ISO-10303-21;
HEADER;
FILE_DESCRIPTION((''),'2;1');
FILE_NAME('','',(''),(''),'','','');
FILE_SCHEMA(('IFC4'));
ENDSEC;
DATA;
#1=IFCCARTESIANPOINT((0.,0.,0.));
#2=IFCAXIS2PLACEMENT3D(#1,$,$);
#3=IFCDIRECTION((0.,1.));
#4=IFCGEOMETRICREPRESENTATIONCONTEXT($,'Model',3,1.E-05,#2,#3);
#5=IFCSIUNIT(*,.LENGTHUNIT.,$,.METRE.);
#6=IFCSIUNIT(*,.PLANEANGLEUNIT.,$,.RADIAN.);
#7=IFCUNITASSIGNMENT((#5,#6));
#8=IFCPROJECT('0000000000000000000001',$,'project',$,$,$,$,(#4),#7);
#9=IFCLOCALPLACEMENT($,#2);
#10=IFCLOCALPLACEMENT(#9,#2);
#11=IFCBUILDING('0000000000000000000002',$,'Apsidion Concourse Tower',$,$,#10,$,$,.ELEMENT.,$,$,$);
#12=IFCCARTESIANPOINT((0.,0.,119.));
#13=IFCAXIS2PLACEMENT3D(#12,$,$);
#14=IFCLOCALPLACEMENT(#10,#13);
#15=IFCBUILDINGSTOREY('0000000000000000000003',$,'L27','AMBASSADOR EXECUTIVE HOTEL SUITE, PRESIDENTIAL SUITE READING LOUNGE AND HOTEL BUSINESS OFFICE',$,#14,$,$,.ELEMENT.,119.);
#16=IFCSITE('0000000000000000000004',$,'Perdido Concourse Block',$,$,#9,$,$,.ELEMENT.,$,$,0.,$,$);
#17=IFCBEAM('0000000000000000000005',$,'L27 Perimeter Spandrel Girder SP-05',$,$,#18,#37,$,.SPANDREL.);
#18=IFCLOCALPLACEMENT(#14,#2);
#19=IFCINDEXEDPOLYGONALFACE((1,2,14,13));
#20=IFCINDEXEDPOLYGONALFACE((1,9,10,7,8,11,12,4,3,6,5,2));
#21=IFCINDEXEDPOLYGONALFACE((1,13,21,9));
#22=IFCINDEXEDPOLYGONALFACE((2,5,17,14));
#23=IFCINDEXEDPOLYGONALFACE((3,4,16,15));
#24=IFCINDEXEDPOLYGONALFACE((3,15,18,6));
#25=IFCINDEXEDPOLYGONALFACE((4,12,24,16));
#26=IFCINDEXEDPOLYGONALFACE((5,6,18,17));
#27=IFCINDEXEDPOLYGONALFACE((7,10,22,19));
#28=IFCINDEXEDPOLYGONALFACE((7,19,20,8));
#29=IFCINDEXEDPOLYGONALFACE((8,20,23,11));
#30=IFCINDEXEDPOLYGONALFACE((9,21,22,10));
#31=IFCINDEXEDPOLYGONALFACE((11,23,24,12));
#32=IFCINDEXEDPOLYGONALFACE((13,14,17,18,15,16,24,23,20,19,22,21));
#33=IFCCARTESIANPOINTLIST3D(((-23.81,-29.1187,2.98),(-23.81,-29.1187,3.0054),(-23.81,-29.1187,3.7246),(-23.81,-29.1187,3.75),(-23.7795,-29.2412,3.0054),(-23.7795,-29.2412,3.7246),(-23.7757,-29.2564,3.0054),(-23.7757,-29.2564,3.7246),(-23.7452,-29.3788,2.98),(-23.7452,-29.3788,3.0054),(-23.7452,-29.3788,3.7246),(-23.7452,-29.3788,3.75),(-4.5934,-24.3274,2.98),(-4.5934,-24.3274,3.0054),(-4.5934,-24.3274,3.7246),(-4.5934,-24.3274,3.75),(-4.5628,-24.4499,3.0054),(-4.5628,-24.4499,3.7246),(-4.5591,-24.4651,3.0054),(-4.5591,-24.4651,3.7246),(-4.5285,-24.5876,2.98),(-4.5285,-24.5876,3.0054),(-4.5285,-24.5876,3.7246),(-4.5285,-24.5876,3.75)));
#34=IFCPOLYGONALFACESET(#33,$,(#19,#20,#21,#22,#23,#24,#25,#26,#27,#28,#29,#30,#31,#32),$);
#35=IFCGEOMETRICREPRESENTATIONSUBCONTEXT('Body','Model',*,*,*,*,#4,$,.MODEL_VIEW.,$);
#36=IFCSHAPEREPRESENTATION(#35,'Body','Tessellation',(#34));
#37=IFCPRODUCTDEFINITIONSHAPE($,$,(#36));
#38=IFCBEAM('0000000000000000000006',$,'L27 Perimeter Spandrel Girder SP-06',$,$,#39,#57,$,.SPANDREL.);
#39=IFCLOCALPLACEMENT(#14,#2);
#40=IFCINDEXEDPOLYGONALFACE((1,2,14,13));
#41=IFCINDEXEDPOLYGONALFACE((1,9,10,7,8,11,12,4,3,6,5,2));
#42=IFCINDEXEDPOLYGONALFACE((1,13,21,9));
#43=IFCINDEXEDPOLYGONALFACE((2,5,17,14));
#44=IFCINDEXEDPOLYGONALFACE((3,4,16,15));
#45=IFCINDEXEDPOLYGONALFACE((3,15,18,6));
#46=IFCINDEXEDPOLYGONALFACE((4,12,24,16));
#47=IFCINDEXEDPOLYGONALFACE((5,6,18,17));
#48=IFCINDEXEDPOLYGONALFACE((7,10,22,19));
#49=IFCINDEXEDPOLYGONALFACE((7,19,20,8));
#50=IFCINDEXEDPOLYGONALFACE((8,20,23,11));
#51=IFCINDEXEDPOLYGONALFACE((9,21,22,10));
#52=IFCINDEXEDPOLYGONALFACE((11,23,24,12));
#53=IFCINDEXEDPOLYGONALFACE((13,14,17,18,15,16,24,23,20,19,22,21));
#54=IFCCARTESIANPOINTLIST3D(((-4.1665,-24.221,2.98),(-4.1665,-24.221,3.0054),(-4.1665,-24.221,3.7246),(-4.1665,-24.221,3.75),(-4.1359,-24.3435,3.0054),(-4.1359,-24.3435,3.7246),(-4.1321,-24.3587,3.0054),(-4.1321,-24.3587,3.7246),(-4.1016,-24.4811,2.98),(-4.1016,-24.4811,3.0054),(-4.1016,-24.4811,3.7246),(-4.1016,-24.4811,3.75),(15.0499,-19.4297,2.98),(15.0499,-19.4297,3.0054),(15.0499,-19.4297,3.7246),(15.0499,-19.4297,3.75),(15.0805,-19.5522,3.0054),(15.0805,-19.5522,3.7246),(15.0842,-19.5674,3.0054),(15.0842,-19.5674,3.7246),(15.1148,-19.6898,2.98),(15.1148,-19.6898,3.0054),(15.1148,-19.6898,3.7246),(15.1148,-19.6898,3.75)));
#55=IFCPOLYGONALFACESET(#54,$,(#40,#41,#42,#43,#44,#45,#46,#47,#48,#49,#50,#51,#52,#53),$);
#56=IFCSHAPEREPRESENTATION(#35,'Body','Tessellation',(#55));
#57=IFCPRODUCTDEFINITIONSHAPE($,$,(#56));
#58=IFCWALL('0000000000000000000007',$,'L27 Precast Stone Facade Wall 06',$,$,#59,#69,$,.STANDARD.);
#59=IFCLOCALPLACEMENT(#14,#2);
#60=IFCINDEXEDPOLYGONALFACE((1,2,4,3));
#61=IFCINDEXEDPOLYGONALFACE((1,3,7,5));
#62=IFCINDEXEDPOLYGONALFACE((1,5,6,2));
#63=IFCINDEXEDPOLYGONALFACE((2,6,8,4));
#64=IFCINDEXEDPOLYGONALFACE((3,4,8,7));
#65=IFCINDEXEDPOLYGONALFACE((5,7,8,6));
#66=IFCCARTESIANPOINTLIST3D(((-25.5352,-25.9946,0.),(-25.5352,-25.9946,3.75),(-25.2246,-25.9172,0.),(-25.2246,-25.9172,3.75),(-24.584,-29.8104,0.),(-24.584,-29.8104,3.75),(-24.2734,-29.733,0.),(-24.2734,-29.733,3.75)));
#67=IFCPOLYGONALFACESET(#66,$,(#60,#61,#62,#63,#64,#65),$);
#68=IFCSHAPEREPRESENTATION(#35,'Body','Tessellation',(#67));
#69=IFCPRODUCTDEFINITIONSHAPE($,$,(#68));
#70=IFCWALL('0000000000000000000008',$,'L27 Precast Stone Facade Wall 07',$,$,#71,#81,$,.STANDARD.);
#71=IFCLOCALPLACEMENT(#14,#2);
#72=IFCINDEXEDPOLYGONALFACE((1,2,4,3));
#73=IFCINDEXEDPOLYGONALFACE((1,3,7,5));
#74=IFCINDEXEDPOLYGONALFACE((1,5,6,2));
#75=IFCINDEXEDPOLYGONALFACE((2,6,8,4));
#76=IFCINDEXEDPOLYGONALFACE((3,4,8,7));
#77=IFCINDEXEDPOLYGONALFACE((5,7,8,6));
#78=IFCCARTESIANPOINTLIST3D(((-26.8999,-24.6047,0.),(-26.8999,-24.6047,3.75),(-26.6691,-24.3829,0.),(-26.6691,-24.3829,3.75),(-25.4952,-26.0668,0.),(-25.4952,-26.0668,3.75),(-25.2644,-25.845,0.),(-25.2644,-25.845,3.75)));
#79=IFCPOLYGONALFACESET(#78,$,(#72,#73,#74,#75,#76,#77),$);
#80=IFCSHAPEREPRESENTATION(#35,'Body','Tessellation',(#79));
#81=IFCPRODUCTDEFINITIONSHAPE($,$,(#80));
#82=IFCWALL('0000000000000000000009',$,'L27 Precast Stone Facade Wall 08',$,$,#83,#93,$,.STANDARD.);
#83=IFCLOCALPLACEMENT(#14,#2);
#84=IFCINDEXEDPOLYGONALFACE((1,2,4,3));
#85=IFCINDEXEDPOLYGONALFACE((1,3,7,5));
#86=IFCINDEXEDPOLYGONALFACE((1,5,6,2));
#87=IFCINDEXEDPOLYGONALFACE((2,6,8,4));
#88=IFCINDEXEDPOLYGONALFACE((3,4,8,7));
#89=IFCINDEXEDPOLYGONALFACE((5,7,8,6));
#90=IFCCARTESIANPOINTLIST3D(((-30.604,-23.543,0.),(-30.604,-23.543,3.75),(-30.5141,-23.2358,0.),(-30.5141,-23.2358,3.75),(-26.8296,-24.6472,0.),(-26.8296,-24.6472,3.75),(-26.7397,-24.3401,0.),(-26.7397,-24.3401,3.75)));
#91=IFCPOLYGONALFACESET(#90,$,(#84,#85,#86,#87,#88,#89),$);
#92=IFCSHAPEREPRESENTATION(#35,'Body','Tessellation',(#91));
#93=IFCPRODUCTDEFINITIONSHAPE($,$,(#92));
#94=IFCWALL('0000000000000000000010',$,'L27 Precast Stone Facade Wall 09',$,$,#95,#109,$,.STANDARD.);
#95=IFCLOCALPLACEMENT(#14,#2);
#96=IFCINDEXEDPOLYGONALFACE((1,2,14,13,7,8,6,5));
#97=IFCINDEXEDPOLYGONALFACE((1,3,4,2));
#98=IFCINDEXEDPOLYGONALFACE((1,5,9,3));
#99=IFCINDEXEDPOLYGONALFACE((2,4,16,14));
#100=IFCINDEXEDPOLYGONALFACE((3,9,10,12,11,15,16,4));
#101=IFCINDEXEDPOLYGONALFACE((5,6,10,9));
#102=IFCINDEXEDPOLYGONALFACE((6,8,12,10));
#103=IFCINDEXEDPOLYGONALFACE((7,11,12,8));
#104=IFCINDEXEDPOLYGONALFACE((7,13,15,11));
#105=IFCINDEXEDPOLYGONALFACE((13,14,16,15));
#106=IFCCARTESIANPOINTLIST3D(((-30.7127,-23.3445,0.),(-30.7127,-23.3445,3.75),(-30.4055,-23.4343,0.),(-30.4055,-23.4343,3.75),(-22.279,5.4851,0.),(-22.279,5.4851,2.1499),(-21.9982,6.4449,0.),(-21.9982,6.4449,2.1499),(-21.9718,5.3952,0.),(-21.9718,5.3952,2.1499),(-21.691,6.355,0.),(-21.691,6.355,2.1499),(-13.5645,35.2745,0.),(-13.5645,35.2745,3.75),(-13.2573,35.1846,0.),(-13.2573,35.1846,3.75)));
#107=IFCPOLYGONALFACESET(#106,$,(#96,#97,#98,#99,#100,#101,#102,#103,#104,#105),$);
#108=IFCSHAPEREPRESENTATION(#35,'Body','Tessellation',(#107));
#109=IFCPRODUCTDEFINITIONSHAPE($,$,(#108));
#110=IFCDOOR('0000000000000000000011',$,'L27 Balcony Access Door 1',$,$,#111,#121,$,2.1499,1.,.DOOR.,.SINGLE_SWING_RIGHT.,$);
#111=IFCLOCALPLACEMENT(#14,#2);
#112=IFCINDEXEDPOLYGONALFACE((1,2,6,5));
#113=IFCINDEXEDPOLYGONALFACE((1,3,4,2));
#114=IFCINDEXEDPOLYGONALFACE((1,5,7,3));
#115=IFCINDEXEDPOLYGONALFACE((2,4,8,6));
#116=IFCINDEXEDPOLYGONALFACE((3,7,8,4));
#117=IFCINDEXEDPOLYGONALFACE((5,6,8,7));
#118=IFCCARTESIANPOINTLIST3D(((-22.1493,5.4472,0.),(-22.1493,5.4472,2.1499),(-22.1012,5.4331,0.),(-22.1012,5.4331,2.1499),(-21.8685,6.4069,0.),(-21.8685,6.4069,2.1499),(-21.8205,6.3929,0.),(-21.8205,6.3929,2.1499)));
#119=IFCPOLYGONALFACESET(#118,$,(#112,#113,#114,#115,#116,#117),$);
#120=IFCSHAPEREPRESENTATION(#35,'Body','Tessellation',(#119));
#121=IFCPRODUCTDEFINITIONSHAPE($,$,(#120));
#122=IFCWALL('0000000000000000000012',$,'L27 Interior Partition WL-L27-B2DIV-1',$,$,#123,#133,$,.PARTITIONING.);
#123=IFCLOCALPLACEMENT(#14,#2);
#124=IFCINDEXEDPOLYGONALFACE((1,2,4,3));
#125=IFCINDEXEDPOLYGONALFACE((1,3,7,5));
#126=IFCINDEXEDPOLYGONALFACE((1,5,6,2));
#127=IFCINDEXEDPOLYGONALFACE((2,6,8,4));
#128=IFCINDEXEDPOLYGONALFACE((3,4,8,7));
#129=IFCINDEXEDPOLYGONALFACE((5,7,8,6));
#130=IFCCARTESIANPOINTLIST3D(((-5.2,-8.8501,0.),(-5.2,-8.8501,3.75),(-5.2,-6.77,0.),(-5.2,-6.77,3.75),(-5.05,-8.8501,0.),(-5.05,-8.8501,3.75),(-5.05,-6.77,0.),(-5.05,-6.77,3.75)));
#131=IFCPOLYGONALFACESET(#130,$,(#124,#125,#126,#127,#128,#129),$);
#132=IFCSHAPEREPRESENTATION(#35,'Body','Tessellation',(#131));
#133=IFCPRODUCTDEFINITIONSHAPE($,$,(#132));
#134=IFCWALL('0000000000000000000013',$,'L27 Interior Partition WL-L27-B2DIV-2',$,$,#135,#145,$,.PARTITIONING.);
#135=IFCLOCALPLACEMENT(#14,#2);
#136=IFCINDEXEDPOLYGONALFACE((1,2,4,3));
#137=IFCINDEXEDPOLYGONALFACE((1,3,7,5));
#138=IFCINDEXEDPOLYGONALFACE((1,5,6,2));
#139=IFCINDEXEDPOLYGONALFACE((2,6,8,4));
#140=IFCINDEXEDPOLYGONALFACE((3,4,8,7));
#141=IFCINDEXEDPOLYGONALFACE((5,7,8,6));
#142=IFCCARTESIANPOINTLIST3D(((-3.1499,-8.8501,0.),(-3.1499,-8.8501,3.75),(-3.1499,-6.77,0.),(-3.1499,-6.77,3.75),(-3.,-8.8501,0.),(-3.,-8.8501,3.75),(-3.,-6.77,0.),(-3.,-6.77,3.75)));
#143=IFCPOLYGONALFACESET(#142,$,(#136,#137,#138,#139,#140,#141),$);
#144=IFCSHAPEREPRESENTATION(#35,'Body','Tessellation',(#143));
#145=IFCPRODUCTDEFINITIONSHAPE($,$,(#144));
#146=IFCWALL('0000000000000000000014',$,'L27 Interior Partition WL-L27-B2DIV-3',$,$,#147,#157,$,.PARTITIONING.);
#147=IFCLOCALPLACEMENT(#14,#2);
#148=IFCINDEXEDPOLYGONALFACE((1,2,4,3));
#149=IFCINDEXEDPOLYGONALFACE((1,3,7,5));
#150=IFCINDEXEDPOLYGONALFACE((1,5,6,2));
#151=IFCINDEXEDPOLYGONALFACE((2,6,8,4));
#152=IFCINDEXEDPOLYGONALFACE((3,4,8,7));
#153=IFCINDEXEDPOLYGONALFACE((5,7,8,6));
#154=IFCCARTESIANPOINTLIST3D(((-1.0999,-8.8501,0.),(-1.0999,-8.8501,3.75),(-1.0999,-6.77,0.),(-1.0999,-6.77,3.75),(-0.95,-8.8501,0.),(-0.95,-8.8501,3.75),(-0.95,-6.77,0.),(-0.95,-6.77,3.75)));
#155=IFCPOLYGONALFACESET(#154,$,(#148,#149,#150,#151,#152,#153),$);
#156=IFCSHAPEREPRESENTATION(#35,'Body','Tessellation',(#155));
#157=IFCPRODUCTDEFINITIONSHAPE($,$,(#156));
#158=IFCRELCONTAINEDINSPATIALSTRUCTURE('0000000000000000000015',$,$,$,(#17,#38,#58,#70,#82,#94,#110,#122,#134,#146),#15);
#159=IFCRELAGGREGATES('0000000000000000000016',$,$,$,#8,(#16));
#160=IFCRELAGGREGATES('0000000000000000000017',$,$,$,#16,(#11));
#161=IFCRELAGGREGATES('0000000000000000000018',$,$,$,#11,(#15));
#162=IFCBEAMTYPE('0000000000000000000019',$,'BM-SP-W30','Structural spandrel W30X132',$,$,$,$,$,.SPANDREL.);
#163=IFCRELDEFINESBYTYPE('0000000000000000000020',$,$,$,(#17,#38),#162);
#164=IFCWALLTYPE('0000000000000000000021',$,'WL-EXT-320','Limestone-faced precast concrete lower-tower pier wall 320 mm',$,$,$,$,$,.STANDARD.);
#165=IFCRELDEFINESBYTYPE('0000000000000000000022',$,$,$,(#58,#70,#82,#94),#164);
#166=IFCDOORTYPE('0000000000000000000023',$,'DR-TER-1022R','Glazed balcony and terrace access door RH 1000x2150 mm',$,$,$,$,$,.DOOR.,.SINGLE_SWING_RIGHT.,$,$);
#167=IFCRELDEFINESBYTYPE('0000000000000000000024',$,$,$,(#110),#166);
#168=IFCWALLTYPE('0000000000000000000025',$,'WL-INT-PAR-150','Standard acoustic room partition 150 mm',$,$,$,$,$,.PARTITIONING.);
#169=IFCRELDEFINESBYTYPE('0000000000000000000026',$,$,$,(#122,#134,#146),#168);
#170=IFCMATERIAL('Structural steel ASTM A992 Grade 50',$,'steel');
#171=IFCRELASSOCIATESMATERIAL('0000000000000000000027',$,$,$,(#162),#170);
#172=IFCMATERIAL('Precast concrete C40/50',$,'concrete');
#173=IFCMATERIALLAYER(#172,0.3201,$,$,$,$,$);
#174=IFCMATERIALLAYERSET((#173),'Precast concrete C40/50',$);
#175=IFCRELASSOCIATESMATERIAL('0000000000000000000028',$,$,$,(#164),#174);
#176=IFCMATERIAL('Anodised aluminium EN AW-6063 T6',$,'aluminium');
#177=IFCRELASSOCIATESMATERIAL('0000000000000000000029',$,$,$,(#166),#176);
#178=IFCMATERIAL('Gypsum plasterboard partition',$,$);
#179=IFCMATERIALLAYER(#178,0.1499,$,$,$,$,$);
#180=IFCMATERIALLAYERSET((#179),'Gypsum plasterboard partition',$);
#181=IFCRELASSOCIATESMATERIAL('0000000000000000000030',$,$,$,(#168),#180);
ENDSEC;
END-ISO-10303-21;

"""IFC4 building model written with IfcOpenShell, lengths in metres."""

from ifc_helpers import new_model, si_unit, direction, frame, frame_2d, origin, origin_2d, place, context, subcontext, project, spatial, rectangle, i_section, extrude, material, layer, layer_set, material_profile, profile_set, type_object, element, fill, save


model = new_model("IFC4")

# Units and contexts
model_context = context("Model", 3, precision=1e-05, world=origin(), true_north=direction((0.0, 1.0)))
body_context = subcontext(model_context, "Body", "Model", "MODEL_VIEW")
ifc_project = project(units=[si_unit("LENGTHUNIT", "METRE"), si_unit("PLANEANGLEUNIT", "RADIAN")], contexts=[model_context])

# Site, building, storey
site_placement = place(None, origin())
site = spatial("IfcSite", under=ifc_project, at=site_placement, Name="Perdido Concourse Block", CompositionType="ELEMENT", RefElevation=0.0)
building_placement = place(site_placement, origin())
building = spatial("IfcBuilding", under=site, at=building_placement, Name="Apsidion Concourse Tower", CompositionType="ELEMENT")
storey_placement = place(building_placement, frame((0.0, 0.0, 119.0)))
storey = spatial("IfcBuildingStorey", under=building, at=storey_placement, Name="L27", Description="AMBASSADOR EXECUTIVE HOTEL SUITE, PRESIDENTIAL SUITE READING LOUNGE AND HOTEL BUSINESS OFFICE", CompositionType="ELEMENT", Elevation=119.0)

# Beams
ifc_material_1 = material(Name="Structural steel ASTM A992 Grade 50", Category="steel")
ifc_material_profile_1 = material_profile(ifc_material_1, i_section(OverallWidth=0.2681, OverallDepth=0.77, WebThickness=0.0156, FlangeThickness=0.0254, at=origin_2d()), Name="W30X132")
ifc_profile_set_1 = profile_set([ifc_material_profile_1], Name="Structural steel ASTM A992 Grade 50")
beam_type_1 = type_object("IfcBeamType", Name="BM-SP-W30", Description="Structural spandrel W30X132", PredefinedType="SPANDREL", material=ifc_profile_set_1)
beam_1_placement = place(storey_placement, frame((-23.7776, -29.2488, 3.365), z_axis=(0.970295, 0.241924, 0.0), x_axis=(-0.241924, 0.970295, 0.0)))
element("IfcBeam", 1, at=beam_1_placement, inside=storey, type_object=beam_type_1, Name="L27 Perimeter Spandrel Girder SP-05", PredefinedType="SPANDREL", context=body_context, shape_type="SweptSolid", body=[
    extrude(i_section(OverallWidth=0.2681, OverallDepth=0.77, WebThickness=0.0156, FlangeThickness=0.0254, at=origin_2d()), origin(), (0.0, 0.0, 1.0), 19.8049),
])
beam_2_placement = place(storey_placement, frame((-4.134, -24.3511, 3.365), z_axis=(0.970295, 0.241926, 0.0), x_axis=(-0.241926, 0.970295, 0.0)))
element("IfcBeam", 2, at=beam_2_placement, inside=storey, type_object=beam_type_1, Name="L27 Perimeter Spandrel Girder SP-06", PredefinedType="SPANDREL", context=body_context, shape_type="SweptSolid", body=[
    extrude(i_section(OverallWidth=0.2681, OverallDepth=0.77, WebThickness=0.0156, FlangeThickness=0.0254, at=origin_2d()), origin(), (0.0, 0.0, 1.0), 19.8047),
])

# Walls
ifc_material_2 = material(Name="Precast concrete C40/50", Category="concrete")
ifc_layer_1 = layer(ifc_material_2, 0.3201)
ifc_layer_set_1 = layer_set([ifc_layer_1], Name="Precast concrete C40/50")
wall_type_1 = type_object("IfcWallType", Name="WL-EXT-320", Description="Limestone-faced precast concrete lower-tower pier wall 320 mm", PredefinedType="STANDARD", material=ifc_layer_set_1)
wall_1_placement = place(storey_placement, frame((-24.4287, -29.7717, 0.0), z_axis=(0.0, 0.0, 1.0), x_axis=(-0.241864, 0.97031, 0.0)))
element("IfcWall", 3, at=wall_1_placement, inside=storey, type_object=wall_type_1, Name="L27 Precast Stone Facade Wall 06", PredefinedType="STANDARD", context=body_context, shape_type="SweptSolid", body=[
    extrude(rectangle(XDim=3.9326, YDim=0.3201, at=frame_2d((1.9663, 0.0))), origin(), (0.0, 0.0, 1.0), 3.75),
])
wall_2_placement = place(storey_placement, frame((-25.3799, -25.9558, 0.0), z_axis=(0.0, 0.0, 1.0), x_axis=(-0.692818, 0.721113, 0.0)))
element("IfcWall", 4, at=wall_2_placement, inside=storey, type_object=wall_type_1, Name="L27 Precast Stone Facade Wall 07", PredefinedType="STANDARD", context=body_context, shape_type="SweptSolid", body=[
    extrude(rectangle(XDim=2.0276, YDim=0.3201, at=frame_2d((1.0137, 0.0))), origin(), (0.0, 0.0, 1.0), 3.75),
])
wall_3_placement = place(storey_placement, frame((-26.7847, -24.4937, 0.0), z_axis=(0.0, 0.0, 1.0), x_axis=(-0.959769, 0.280791, 0.0)))
element("IfcWall", 5, at=wall_3_placement, inside=storey, type_object=wall_type_1, Name="L27 Precast Stone Facade Wall 08", PredefinedType="STANDARD", context=body_context, shape_type="SweptSolid", body=[
    extrude(rectangle(XDim=3.9326, YDim=0.3201, at=frame_2d((1.9663, 0.0))), origin(), (0.0, 0.0, 1.0), 3.75),
])

# Wall, opening, door
wall_4_placement = place(storey_placement, frame((-30.5591, -23.3894, 0.0), z_axis=(0.0, 0.0, 1.0), x_axis=(0.28077, 0.959775, 0.0)))
wall_4 = element("IfcWall", 6, at=wall_4_placement, inside=storey, type_object=wall_type_1, Name="L27 Precast Stone Facade Wall 09", PredefinedType="STANDARD", context=body_context, shape_type="SweptSolid", body=[
    extrude(rectangle(XDim=61.0757, YDim=0.3201, at=frame_2d((30.5378, 0.0))), origin(), (0.0, 0.0, 1.0), 3.75),
])
opening_1_placement = place(wall_4_placement, frame((30.0378, 0.0, 0.0)))
opening_1 = element("IfcOpeningElement", 7, at=opening_1_placement, cuts=wall_4, PredefinedType="OPENING", context=body_context, shape_type="SweptSolid", body=[
    extrude(rectangle(XDim=1.0, YDim=2.1499, at=frame_2d((0.5, 1.075))), frame((0.0, 0.1699, 0.0), z_axis=(0.0, -1.0, 0.0), x_axis=(1.0, 0.0, 0.0)), (0.0, 0.0, 1.0), 0.3401),
])
ifc_material_3 = material(Name="Anodised aluminium EN AW-6063 T6", Category="aluminium")
door_type_1 = type_object("IfcDoorType", Name="DR-TER-1022R", Description="Glazed balcony and terrace access door RH 1000x2150 mm", OperationType="SINGLE_SWING_RIGHT", PredefinedType="DOOR", material=ifc_material_3)
door_1_placement = place(opening_1_placement, origin())
door_1 = element("IfcDoor", 8, at=door_1_placement, inside=storey, type_object=door_type_1, Name="L27 Balcony Access Door 1", OperationType="SINGLE_SWING_RIGHT", OverallHeight=2.1499, OverallWidth=1.0, PredefinedType="DOOR", context=body_context, shape_type="SweptSolid", body=[
    extrude(rectangle(XDim=1.0, YDim=2.1499, at=frame_2d((0.5, 1.075))), frame((0.0, 0.0249, 0.0), z_axis=(0.0, -1.0, 0.0), x_axis=(1.0, 0.0, 0.0)), (0.0, 0.0, 1.0), 0.05),
])
fill(opening_1, door_1)

# Walls
ifc_material_4 = material(Name="Gypsum plasterboard partition")
ifc_layer_2 = layer(ifc_material_4, 0.1499)
ifc_layer_set_2 = layer_set([ifc_layer_2], Name="Gypsum plasterboard partition")
wall_type_2 = type_object("IfcWallType", Name="WL-INT-PAR-150", Description="Standard acoustic room partition 150 mm", PredefinedType="PARTITIONING", material=ifc_layer_set_2)
for number, where, z_axis, x_axis, name in (
    (9, (-5.125, -8.8501, 0.0), (0.0, 0.0, 1.0), (0.0, 1.0, 0.0), "L27 Interior Partition WL-L27-B2DIV-1"),
    (10, (-3.075, -8.8501, 0.0), (0.0, 0.0, 1.0), (0.0, 1.0, 0.0), "L27 Interior Partition WL-L27-B2DIV-2"),
    (11, (-1.0249, -8.8501, 0.0), (0.0, 0.0, 1.0), (0.0, 1.0, 0.0), "L27 Interior Partition WL-L27-B2DIV-3"),
):
    element("IfcWall", number, at=place(storey_placement, frame(where, z_axis=z_axis, x_axis=x_axis)), inside=storey, type_object=wall_type_2, Name=name, PredefinedType="PARTITIONING", context=body_context, shape_type="SweptSolid", body=[
        extrude(rectangle(XDim=2.0801, YDim=0.1499, at=frame_2d((1.04, 0.0))), origin(), (0.0, 0.0, 1.0), 3.75),
    ])

save(model, "model.ifc")
